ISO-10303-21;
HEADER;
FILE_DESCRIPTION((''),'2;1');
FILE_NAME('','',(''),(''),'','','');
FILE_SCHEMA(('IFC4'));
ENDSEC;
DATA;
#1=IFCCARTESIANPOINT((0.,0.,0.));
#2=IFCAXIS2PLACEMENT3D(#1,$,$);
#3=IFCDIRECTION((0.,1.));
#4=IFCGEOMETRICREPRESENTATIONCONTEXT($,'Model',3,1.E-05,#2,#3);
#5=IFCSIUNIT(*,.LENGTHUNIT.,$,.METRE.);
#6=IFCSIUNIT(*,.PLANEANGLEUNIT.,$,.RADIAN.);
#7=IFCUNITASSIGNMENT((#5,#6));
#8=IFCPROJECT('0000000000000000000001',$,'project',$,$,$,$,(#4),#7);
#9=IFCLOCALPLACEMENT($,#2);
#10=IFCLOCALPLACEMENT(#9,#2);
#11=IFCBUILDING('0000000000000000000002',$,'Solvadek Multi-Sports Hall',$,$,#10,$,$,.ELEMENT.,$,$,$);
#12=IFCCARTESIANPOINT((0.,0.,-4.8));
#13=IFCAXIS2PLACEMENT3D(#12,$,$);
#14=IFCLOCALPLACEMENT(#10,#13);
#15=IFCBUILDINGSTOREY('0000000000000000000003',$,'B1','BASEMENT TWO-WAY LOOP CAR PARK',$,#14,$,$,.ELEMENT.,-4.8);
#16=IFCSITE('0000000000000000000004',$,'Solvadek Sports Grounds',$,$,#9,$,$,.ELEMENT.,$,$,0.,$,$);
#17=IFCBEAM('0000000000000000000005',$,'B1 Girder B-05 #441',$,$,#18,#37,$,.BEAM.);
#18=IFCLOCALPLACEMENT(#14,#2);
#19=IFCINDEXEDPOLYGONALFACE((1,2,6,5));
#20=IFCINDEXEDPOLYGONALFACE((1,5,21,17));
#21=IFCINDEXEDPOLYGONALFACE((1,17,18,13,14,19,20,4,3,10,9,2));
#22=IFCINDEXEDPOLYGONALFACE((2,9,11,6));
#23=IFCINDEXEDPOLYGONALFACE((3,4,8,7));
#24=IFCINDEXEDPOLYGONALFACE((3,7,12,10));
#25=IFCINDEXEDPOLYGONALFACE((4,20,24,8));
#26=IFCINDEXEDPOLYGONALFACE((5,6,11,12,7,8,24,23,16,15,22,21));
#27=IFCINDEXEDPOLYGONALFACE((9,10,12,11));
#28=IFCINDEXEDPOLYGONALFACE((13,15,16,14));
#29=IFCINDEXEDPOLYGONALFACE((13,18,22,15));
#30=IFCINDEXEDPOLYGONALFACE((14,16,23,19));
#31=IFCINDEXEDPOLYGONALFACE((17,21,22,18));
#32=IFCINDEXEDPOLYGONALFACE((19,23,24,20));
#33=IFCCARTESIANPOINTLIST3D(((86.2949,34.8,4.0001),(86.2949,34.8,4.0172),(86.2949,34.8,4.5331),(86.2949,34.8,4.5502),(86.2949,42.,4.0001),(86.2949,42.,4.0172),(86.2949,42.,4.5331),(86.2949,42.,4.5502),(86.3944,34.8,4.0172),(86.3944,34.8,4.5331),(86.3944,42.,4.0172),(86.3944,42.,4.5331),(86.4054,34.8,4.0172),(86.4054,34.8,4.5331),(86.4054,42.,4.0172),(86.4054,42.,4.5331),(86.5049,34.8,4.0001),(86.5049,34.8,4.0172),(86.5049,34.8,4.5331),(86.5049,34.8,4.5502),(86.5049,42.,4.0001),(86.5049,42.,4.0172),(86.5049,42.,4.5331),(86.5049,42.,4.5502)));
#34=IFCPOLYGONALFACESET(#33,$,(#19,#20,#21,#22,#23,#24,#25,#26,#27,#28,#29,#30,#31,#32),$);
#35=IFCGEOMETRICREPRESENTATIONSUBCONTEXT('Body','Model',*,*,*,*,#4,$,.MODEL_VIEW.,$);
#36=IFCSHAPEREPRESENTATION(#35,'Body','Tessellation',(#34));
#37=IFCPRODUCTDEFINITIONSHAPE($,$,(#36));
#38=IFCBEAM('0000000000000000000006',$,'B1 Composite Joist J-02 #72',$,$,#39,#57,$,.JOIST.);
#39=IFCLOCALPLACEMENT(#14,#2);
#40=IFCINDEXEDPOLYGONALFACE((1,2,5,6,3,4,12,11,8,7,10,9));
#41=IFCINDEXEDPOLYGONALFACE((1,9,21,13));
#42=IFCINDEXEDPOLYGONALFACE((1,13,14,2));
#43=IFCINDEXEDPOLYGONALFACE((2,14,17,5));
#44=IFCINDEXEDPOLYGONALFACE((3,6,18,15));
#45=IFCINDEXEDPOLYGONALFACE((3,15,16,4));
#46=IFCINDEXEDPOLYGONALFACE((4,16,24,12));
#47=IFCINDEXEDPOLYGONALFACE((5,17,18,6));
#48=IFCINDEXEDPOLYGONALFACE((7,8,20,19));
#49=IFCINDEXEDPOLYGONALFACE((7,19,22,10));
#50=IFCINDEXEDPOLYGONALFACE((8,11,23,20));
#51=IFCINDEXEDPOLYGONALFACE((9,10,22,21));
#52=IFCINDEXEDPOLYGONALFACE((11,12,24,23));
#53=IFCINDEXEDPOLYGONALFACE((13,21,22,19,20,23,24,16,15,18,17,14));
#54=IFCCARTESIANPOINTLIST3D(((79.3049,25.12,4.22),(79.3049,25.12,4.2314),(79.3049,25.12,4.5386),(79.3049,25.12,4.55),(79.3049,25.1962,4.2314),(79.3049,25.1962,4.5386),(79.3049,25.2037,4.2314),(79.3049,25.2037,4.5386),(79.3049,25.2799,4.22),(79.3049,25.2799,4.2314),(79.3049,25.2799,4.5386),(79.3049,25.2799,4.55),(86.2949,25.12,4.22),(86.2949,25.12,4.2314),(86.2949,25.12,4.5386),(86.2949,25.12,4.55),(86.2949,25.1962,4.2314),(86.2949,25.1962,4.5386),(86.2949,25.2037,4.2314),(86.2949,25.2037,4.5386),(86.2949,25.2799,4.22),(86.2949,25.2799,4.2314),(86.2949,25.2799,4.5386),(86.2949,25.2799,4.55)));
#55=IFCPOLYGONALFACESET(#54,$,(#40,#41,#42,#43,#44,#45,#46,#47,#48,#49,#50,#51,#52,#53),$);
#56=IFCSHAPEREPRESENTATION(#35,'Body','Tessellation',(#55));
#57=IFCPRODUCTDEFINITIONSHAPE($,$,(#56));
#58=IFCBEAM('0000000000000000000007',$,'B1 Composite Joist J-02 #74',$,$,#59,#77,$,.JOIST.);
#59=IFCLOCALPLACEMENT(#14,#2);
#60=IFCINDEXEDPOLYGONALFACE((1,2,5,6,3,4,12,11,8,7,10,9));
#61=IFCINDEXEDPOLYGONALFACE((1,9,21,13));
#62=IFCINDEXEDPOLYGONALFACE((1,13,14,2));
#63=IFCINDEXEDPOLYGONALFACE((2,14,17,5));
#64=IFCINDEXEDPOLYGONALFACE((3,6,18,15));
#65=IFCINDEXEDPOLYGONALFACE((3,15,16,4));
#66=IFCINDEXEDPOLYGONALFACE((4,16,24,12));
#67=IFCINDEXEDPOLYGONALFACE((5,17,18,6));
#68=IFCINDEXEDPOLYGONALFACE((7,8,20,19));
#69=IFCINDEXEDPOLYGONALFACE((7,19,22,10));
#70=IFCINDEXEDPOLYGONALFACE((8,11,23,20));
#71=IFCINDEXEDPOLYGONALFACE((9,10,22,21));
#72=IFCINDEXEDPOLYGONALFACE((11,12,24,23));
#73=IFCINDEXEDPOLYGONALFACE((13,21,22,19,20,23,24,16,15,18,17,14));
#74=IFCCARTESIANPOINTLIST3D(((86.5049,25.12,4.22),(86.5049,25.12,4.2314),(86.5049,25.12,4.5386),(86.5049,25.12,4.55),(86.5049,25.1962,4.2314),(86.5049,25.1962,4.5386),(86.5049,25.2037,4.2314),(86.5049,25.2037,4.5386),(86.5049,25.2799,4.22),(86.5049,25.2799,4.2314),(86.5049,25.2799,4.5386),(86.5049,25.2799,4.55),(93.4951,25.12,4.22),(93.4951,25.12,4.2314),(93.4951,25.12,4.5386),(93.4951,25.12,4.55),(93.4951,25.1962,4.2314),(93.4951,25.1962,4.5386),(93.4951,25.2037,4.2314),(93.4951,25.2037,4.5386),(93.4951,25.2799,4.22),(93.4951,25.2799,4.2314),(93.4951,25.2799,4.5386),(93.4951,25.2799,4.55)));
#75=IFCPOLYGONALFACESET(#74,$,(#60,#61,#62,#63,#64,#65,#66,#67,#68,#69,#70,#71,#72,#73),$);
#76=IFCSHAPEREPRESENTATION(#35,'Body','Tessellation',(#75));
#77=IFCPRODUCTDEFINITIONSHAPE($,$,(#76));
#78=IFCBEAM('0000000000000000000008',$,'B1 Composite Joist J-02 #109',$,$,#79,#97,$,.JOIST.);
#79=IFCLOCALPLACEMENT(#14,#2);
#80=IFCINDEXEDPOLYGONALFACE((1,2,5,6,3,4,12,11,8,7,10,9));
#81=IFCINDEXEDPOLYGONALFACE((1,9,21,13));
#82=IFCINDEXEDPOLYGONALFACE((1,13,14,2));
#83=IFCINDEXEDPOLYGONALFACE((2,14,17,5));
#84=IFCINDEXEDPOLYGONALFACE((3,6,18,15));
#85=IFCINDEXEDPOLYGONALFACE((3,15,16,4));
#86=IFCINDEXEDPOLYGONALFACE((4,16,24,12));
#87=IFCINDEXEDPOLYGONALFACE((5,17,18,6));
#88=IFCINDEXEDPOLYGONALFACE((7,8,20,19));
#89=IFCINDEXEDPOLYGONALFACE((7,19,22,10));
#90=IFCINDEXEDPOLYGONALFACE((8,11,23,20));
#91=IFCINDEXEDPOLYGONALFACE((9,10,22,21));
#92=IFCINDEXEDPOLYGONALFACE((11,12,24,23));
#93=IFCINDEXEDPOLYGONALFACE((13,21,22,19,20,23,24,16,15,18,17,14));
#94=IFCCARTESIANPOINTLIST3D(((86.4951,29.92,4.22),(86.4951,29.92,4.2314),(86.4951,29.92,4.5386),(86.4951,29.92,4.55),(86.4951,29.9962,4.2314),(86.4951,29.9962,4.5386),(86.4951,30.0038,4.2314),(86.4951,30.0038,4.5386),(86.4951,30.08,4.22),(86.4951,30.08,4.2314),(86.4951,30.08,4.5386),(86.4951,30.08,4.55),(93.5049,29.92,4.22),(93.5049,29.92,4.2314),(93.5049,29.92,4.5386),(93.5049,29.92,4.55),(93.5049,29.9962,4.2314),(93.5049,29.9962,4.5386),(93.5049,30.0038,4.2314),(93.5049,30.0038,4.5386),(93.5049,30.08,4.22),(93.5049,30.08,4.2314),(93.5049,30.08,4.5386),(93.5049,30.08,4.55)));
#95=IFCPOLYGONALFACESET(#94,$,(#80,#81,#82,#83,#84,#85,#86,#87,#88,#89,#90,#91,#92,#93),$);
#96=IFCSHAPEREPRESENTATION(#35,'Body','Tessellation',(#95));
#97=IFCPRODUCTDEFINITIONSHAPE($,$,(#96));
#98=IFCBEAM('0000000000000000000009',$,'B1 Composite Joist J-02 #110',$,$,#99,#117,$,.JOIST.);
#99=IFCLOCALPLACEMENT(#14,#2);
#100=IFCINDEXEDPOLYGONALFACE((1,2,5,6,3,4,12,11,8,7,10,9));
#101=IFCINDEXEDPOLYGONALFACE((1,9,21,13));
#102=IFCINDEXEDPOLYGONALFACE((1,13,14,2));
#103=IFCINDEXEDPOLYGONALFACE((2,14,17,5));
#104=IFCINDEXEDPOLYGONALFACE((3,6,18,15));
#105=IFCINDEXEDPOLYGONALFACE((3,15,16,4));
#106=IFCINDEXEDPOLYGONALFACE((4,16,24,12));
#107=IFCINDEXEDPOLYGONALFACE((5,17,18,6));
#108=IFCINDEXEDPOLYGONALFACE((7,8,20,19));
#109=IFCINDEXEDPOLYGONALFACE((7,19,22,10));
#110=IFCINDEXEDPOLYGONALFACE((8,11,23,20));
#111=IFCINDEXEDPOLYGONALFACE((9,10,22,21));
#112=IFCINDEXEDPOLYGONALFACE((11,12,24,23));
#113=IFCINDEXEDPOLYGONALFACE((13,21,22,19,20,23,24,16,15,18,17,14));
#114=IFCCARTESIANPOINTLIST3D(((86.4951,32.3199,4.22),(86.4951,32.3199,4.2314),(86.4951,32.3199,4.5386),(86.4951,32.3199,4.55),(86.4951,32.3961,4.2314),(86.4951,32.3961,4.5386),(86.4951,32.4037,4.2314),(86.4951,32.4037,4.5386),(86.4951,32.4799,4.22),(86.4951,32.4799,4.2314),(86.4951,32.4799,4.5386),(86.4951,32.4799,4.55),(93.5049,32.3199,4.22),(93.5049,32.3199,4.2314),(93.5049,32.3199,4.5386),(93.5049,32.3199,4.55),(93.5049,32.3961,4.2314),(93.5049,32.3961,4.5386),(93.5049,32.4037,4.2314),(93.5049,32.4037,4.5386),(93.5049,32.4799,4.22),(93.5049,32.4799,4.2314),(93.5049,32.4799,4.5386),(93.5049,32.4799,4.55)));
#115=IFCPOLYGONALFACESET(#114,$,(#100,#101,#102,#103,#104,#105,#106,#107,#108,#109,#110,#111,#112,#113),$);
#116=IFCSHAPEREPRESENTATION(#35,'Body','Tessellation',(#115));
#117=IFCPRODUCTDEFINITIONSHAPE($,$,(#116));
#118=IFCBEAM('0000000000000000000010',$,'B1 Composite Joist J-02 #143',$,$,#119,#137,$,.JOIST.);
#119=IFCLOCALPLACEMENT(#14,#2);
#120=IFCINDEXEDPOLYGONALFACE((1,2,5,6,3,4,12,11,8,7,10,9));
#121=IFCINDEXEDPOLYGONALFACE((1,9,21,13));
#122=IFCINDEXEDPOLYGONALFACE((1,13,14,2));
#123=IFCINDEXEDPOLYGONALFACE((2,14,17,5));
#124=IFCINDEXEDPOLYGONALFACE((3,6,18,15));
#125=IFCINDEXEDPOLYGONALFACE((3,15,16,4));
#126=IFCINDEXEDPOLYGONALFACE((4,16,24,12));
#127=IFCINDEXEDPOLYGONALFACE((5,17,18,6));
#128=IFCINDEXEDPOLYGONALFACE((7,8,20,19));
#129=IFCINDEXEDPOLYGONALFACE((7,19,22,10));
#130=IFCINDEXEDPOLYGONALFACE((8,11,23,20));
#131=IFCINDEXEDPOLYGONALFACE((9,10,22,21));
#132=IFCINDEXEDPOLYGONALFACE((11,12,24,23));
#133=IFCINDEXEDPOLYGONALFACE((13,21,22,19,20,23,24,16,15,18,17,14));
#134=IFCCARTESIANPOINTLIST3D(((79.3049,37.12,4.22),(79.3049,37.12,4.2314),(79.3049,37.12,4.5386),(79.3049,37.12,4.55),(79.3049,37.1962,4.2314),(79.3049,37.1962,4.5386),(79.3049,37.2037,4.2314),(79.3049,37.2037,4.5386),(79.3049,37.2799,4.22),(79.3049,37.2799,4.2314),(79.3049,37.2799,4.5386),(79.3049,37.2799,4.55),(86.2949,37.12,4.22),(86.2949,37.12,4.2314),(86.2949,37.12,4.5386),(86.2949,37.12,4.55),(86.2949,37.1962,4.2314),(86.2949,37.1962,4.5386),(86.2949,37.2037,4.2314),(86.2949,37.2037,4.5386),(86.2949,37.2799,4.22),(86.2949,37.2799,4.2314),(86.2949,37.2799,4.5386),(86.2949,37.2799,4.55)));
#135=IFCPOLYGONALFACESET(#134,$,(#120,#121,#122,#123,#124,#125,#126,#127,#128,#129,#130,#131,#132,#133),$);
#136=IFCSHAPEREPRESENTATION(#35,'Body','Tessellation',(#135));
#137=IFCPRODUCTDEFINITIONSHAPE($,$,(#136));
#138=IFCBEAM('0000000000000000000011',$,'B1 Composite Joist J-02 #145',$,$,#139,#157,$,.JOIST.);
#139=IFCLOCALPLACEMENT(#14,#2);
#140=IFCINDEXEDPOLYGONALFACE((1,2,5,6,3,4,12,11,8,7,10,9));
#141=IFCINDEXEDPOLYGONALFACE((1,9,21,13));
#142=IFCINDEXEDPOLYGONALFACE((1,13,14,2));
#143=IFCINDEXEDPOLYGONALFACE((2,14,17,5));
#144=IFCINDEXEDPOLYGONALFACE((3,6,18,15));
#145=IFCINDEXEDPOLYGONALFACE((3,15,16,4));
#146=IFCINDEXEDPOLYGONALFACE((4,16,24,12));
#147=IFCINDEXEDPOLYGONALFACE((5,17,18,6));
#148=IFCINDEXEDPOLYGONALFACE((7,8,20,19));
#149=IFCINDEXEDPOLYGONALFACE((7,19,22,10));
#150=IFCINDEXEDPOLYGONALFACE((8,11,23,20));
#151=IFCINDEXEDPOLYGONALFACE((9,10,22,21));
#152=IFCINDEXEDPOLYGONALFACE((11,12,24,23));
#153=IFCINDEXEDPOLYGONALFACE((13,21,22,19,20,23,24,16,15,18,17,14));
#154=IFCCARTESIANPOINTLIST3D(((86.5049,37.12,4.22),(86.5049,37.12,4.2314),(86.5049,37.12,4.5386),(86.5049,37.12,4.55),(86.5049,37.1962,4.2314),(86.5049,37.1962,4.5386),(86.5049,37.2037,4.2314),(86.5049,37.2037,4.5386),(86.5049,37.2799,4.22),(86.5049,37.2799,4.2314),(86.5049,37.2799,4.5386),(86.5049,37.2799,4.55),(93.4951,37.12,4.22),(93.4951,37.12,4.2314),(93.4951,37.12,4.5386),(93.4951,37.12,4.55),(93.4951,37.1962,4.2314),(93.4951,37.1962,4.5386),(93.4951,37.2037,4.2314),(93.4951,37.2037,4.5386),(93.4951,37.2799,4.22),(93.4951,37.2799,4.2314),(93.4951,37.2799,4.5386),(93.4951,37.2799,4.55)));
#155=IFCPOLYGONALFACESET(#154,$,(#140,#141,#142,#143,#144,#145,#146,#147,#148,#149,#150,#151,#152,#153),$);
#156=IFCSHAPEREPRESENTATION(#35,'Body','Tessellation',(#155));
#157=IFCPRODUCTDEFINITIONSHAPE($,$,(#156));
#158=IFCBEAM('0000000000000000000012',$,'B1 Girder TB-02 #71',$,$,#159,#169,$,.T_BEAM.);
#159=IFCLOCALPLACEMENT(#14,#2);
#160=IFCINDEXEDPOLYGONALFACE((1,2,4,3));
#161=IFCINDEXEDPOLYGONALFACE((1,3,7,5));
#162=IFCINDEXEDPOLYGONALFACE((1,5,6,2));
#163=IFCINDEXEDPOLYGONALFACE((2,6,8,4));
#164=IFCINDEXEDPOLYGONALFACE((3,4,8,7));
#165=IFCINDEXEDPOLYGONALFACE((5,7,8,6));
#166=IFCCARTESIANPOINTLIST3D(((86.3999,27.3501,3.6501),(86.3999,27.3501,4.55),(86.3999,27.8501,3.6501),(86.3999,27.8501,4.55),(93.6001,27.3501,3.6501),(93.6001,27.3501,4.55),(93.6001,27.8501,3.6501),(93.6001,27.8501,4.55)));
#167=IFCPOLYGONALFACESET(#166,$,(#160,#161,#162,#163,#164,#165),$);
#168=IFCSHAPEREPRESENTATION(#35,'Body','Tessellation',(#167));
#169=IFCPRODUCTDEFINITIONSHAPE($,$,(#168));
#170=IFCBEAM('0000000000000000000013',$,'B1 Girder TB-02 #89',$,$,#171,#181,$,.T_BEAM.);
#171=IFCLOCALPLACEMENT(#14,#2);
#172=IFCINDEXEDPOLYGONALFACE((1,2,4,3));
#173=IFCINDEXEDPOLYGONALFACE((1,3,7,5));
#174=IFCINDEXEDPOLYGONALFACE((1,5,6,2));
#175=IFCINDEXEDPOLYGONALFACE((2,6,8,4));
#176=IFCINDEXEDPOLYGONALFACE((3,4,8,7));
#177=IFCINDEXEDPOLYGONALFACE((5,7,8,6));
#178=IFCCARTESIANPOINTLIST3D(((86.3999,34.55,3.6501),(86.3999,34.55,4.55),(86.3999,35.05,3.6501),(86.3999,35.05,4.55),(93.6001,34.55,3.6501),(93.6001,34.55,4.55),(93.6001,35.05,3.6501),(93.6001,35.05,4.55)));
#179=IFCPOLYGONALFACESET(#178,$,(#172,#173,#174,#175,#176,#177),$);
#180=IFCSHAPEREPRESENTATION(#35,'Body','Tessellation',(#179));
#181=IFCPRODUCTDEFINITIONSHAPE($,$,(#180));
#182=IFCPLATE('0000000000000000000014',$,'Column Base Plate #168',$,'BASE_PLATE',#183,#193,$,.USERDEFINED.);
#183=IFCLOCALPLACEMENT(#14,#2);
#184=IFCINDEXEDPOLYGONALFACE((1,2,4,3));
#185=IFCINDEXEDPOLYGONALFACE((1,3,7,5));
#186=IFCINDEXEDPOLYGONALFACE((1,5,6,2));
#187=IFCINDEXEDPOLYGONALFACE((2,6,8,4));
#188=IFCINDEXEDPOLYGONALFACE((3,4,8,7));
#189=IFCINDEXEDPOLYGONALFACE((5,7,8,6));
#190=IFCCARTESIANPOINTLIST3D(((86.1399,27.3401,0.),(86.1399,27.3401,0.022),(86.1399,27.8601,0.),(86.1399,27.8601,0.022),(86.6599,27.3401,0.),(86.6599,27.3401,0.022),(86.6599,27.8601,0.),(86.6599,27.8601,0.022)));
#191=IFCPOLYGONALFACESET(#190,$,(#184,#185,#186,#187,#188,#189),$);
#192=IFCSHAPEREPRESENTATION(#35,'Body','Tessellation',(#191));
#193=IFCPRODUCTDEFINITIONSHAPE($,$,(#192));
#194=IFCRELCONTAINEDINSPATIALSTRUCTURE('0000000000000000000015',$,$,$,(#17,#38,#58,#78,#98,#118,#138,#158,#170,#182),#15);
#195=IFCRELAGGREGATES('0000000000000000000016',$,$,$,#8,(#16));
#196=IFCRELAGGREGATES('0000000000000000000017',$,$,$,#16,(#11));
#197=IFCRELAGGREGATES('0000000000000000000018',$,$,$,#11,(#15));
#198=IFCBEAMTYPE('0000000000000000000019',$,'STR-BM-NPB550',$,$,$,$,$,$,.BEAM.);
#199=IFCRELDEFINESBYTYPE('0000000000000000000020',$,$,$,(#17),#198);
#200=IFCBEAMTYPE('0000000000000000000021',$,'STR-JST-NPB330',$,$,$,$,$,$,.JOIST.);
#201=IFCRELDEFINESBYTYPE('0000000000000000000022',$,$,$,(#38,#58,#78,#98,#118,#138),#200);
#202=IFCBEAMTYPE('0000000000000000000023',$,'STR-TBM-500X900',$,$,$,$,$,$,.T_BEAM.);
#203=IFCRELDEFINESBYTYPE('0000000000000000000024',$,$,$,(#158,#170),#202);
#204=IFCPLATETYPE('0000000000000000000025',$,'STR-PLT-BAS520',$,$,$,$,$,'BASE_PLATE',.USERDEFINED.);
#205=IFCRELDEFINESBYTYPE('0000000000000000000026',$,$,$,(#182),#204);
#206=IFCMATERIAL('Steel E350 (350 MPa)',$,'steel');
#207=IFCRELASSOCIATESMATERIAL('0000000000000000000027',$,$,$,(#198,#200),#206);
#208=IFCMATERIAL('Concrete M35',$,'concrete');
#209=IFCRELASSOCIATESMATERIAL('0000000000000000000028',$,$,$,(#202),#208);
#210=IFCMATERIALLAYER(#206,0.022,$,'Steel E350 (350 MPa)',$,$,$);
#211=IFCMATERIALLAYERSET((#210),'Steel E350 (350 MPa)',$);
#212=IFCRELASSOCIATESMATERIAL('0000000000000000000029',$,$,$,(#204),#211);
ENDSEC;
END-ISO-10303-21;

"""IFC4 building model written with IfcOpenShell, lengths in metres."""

from ifc_helpers import new_model, si_unit, direction, frame, origin, origin_2d, place, context, subcontext, project, spatial, rectangle, i_section, extrude, material, layer, layer_set, material_profile, profile_set, type_object, element, save


model = new_model("IFC4")

# Units and contexts
model_context = context("Model", 3, precision=1e-05, world=origin(), true_north=direction((0.0, 1.0)))
body_context = subcontext(model_context, "Body", "Model", "MODEL_VIEW")
ifc_project = project(units=[si_unit("LENGTHUNIT", "METRE"), si_unit("PLANEANGLEUNIT", "RADIAN")], contexts=[model_context])

# Site, building, storey
site_placement = place(None, origin())
site = spatial("IfcSite", under=ifc_project, at=site_placement, Name="Solvadek Sports Grounds", CompositionType="ELEMENT", RefElevation=0.0)
building_placement = place(site_placement, origin())
building = spatial("IfcBuilding", under=site, at=building_placement, Name="Solvadek Multi-Sports Hall", CompositionType="ELEMENT")
storey_placement = place(building_placement, frame((0.0, 0.0, -4.8)))
storey = spatial("IfcBuildingStorey", under=building, at=storey_placement, Name="B1", Description="BASEMENT TWO-WAY LOOP CAR PARK", CompositionType="ELEMENT", Elevation=-4.8)

# Shared definitions
ifc_material_1 = material(Name="Concrete M35", Category="concrete")

# Shared definitions
ifc_material_2 = material(Name="Steel E350 (350 MPa)", Category="steel")

# Beams
ifc_material_profile_1 = material_profile(ifc_material_2, i_section(OverallWidth=0.21, OverallDepth=0.55, WebThickness=0.011, FlangeThickness=0.0171, at=origin_2d()), Name="NPB 550")
ifc_profile_set_1 = profile_set([ifc_material_profile_1], Name="Steel E350 (350 MPa)")
beam_type_1 = type_object("IfcBeamType", Name="STR-BM-NPB550", PredefinedType="BEAM", material=ifc_profile_set_1)
beam_1_placement = place(storey_placement, frame((86.3999, 34.8, 4.2751), z_axis=(0.0, 1.0, 0.0), x_axis=(-1.0, 0.0, 0.0)))
element("IfcBeam", 1, at=beam_1_placement, inside=storey, type_object=beam_type_1, Name="B1 Girder B-05 #441", PredefinedType="BEAM", context=body_context, shape_type="SweptSolid", body=[
    extrude(i_section(OverallWidth=0.21, OverallDepth=0.55, WebThickness=0.011, FlangeThickness=0.0171, at=origin_2d()), origin(), (0.0, 0.0, 1.0), 7.2),
])
ifc_material_profile_2 = material_profile(ifc_material_2, i_section(OverallWidth=0.1599, OverallDepth=0.3301, WebThickness=0.0076, FlangeThickness=0.0115, at=origin_2d()), Name="NPB 330")
ifc_profile_set_2 = profile_set([ifc_material_profile_2], Name="Steel E350 (350 MPa)")
beam_type_2 = type_object("IfcBeamType", Name="STR-JST-NPB330", PredefinedType="JOIST", material=ifc_profile_set_2)
beam_2_placement = place(storey_placement, frame((79.3049, 25.2, 4.385), z_axis=(1.0, 0.0, 0.0), x_axis=(0.0, 1.0, 0.0)))
element("IfcBeam", 2, at=beam_2_placement, inside=storey, type_object=beam_type_2, Name="B1 Composite Joist J-02 #72", PredefinedType="JOIST", context=body_context, shape_type="SweptSolid", body=[
    extrude(i_section(OverallWidth=0.1599, OverallDepth=0.3301, WebThickness=0.0076, FlangeThickness=0.0115, at=origin_2d()), origin(), (0.0, 0.0, 1.0), 6.99),
])
beam_3_placement = place(storey_placement, frame((86.5049, 25.2, 4.385), z_axis=(1.0, 0.0, 0.0), x_axis=(0.0, 1.0, 0.0)))
element("IfcBeam", 3, at=beam_3_placement, inside=storey, type_object=beam_type_2, Name="B1 Composite Joist J-02 #74", PredefinedType="JOIST", context=body_context, shape_type="SweptSolid", body=[
    extrude(i_section(OverallWidth=0.1599, OverallDepth=0.3301, WebThickness=0.0076, FlangeThickness=0.0115, at=origin_2d()), origin(), (0.0, 0.0, 1.0), 6.9902),
])
for number, where, z_axis, x_axis, name in (
    (4, (86.4951, 30.0, 4.385), (1.0, 0.0, 0.0), (0.0, 1.0, 0.0), "B1 Composite Joist J-02 #109"),
    (5, (86.4951, 32.3999, 4.385), (1.0, 0.0, 0.0), (0.0, 1.0, 0.0), "B1 Composite Joist J-02 #110"),
):
    element("IfcBeam", number, at=place(storey_placement, frame(where, z_axis=z_axis, x_axis=x_axis)), inside=storey, type_object=beam_type_2, Name=name, PredefinedType="JOIST", context=body_context, shape_type="SweptSolid", body=[
        extrude(i_section(OverallWidth=0.1599, OverallDepth=0.3301, WebThickness=0.0076, FlangeThickness=0.0115, at=origin_2d()), origin(), (0.0, 0.0, 1.0), 7.0098),
    ])
beam_4_placement = place(storey_placement, frame((79.3049, 37.2, 4.385), z_axis=(1.0, 0.0, 0.0), x_axis=(0.0, 1.0, 0.0)))
element("IfcBeam", 6, at=beam_4_placement, inside=storey, type_object=beam_type_2, Name="B1 Composite Joist J-02 #143", PredefinedType="JOIST", context=body_context, shape_type="SweptSolid", body=[
    extrude(i_section(OverallWidth=0.1599, OverallDepth=0.3301, WebThickness=0.0076, FlangeThickness=0.0115, at=origin_2d()), origin(), (0.0, 0.0, 1.0), 6.99),
])
beam_5_placement = place(storey_placement, frame((86.5049, 37.2, 4.385), z_axis=(1.0, 0.0, 0.0), x_axis=(0.0, 1.0, 0.0)))
element("IfcBeam", 7, at=beam_5_placement, inside=storey, type_object=beam_type_2, Name="B1 Composite Joist J-02 #145", PredefinedType="JOIST", context=body_context, shape_type="SweptSolid", body=[
    extrude(i_section(OverallWidth=0.1599, OverallDepth=0.3301, WebThickness=0.0076, FlangeThickness=0.0115, at=origin_2d()), origin(), (0.0, 0.0, 1.0), 6.9902),
])
ifc_material_profile_3 = material_profile(ifc_material_1, rectangle(XDim=0.5, YDim=0.8999, at=origin_2d()), Name="RC T-BEAM 500x900")
ifc_profile_set_3 = profile_set([ifc_material_profile_3], Name="Concrete M35")
beam_type_3 = type_object("IfcBeamType", Name="STR-TBM-500X900", PredefinedType="T_BEAM", material=ifc_profile_set_3)
for number, where, z_axis, x_axis, name in (
    (8, (86.3999, 27.6001, 4.1001), (1.0, 0.0, 0.0), (0.0, 1.0, 0.0), "B1 Girder TB-02 #71"),
    (9, (86.3999, 34.8, 4.1001), (1.0, 0.0, 0.0), (0.0, 1.0, 0.0), "B1 Girder TB-02 #89"),
):
    element("IfcBeam", number, at=place(storey_placement, frame(where, z_axis=z_axis, x_axis=x_axis)), inside=storey, type_object=beam_type_3, Name=name, PredefinedType="T_BEAM", context=body_context, shape_type="SweptSolid", body=[
        extrude(rectangle(XDim=0.5, YDim=0.8999, at=origin_2d()), origin(), (0.0, 0.0, 1.0), 7.2002),
    ])

# Plate
ifc_layer = layer(ifc_material_2, 0.022, Name="Steel E350 (350 MPa)")
ifc_layer_set = layer_set([ifc_layer], Name="Steel E350 (350 MPa)")
plate_type = type_object("IfcPlateType", Name="STR-PLT-BAS520", ElementType="BASE_PLATE", PredefinedType="USERDEFINED", material=ifc_layer_set)
for number, where, z_axis, x_axis, name in (
    (10, (86.3999, 27.6001, 0.0), (0.0, 0.0, 1.0), (1.0, 0.0, 0.0), "Column Base Plate #168"),
):
    element("IfcPlate", number, at=place(storey_placement, frame(where, z_axis=z_axis, x_axis=x_axis)), inside=storey, type_object=plate_type, Name=name, ObjectType="BASE_PLATE", PredefinedType="USERDEFINED", context=body_context, shape_type="SweptSolid", body=[
        extrude(rectangle(XDim=0.52, YDim=0.52, at=origin_2d()), origin(), (0.0, 0.0, 1.0), 0.022),
    ])

save(model, "model.ifc")
